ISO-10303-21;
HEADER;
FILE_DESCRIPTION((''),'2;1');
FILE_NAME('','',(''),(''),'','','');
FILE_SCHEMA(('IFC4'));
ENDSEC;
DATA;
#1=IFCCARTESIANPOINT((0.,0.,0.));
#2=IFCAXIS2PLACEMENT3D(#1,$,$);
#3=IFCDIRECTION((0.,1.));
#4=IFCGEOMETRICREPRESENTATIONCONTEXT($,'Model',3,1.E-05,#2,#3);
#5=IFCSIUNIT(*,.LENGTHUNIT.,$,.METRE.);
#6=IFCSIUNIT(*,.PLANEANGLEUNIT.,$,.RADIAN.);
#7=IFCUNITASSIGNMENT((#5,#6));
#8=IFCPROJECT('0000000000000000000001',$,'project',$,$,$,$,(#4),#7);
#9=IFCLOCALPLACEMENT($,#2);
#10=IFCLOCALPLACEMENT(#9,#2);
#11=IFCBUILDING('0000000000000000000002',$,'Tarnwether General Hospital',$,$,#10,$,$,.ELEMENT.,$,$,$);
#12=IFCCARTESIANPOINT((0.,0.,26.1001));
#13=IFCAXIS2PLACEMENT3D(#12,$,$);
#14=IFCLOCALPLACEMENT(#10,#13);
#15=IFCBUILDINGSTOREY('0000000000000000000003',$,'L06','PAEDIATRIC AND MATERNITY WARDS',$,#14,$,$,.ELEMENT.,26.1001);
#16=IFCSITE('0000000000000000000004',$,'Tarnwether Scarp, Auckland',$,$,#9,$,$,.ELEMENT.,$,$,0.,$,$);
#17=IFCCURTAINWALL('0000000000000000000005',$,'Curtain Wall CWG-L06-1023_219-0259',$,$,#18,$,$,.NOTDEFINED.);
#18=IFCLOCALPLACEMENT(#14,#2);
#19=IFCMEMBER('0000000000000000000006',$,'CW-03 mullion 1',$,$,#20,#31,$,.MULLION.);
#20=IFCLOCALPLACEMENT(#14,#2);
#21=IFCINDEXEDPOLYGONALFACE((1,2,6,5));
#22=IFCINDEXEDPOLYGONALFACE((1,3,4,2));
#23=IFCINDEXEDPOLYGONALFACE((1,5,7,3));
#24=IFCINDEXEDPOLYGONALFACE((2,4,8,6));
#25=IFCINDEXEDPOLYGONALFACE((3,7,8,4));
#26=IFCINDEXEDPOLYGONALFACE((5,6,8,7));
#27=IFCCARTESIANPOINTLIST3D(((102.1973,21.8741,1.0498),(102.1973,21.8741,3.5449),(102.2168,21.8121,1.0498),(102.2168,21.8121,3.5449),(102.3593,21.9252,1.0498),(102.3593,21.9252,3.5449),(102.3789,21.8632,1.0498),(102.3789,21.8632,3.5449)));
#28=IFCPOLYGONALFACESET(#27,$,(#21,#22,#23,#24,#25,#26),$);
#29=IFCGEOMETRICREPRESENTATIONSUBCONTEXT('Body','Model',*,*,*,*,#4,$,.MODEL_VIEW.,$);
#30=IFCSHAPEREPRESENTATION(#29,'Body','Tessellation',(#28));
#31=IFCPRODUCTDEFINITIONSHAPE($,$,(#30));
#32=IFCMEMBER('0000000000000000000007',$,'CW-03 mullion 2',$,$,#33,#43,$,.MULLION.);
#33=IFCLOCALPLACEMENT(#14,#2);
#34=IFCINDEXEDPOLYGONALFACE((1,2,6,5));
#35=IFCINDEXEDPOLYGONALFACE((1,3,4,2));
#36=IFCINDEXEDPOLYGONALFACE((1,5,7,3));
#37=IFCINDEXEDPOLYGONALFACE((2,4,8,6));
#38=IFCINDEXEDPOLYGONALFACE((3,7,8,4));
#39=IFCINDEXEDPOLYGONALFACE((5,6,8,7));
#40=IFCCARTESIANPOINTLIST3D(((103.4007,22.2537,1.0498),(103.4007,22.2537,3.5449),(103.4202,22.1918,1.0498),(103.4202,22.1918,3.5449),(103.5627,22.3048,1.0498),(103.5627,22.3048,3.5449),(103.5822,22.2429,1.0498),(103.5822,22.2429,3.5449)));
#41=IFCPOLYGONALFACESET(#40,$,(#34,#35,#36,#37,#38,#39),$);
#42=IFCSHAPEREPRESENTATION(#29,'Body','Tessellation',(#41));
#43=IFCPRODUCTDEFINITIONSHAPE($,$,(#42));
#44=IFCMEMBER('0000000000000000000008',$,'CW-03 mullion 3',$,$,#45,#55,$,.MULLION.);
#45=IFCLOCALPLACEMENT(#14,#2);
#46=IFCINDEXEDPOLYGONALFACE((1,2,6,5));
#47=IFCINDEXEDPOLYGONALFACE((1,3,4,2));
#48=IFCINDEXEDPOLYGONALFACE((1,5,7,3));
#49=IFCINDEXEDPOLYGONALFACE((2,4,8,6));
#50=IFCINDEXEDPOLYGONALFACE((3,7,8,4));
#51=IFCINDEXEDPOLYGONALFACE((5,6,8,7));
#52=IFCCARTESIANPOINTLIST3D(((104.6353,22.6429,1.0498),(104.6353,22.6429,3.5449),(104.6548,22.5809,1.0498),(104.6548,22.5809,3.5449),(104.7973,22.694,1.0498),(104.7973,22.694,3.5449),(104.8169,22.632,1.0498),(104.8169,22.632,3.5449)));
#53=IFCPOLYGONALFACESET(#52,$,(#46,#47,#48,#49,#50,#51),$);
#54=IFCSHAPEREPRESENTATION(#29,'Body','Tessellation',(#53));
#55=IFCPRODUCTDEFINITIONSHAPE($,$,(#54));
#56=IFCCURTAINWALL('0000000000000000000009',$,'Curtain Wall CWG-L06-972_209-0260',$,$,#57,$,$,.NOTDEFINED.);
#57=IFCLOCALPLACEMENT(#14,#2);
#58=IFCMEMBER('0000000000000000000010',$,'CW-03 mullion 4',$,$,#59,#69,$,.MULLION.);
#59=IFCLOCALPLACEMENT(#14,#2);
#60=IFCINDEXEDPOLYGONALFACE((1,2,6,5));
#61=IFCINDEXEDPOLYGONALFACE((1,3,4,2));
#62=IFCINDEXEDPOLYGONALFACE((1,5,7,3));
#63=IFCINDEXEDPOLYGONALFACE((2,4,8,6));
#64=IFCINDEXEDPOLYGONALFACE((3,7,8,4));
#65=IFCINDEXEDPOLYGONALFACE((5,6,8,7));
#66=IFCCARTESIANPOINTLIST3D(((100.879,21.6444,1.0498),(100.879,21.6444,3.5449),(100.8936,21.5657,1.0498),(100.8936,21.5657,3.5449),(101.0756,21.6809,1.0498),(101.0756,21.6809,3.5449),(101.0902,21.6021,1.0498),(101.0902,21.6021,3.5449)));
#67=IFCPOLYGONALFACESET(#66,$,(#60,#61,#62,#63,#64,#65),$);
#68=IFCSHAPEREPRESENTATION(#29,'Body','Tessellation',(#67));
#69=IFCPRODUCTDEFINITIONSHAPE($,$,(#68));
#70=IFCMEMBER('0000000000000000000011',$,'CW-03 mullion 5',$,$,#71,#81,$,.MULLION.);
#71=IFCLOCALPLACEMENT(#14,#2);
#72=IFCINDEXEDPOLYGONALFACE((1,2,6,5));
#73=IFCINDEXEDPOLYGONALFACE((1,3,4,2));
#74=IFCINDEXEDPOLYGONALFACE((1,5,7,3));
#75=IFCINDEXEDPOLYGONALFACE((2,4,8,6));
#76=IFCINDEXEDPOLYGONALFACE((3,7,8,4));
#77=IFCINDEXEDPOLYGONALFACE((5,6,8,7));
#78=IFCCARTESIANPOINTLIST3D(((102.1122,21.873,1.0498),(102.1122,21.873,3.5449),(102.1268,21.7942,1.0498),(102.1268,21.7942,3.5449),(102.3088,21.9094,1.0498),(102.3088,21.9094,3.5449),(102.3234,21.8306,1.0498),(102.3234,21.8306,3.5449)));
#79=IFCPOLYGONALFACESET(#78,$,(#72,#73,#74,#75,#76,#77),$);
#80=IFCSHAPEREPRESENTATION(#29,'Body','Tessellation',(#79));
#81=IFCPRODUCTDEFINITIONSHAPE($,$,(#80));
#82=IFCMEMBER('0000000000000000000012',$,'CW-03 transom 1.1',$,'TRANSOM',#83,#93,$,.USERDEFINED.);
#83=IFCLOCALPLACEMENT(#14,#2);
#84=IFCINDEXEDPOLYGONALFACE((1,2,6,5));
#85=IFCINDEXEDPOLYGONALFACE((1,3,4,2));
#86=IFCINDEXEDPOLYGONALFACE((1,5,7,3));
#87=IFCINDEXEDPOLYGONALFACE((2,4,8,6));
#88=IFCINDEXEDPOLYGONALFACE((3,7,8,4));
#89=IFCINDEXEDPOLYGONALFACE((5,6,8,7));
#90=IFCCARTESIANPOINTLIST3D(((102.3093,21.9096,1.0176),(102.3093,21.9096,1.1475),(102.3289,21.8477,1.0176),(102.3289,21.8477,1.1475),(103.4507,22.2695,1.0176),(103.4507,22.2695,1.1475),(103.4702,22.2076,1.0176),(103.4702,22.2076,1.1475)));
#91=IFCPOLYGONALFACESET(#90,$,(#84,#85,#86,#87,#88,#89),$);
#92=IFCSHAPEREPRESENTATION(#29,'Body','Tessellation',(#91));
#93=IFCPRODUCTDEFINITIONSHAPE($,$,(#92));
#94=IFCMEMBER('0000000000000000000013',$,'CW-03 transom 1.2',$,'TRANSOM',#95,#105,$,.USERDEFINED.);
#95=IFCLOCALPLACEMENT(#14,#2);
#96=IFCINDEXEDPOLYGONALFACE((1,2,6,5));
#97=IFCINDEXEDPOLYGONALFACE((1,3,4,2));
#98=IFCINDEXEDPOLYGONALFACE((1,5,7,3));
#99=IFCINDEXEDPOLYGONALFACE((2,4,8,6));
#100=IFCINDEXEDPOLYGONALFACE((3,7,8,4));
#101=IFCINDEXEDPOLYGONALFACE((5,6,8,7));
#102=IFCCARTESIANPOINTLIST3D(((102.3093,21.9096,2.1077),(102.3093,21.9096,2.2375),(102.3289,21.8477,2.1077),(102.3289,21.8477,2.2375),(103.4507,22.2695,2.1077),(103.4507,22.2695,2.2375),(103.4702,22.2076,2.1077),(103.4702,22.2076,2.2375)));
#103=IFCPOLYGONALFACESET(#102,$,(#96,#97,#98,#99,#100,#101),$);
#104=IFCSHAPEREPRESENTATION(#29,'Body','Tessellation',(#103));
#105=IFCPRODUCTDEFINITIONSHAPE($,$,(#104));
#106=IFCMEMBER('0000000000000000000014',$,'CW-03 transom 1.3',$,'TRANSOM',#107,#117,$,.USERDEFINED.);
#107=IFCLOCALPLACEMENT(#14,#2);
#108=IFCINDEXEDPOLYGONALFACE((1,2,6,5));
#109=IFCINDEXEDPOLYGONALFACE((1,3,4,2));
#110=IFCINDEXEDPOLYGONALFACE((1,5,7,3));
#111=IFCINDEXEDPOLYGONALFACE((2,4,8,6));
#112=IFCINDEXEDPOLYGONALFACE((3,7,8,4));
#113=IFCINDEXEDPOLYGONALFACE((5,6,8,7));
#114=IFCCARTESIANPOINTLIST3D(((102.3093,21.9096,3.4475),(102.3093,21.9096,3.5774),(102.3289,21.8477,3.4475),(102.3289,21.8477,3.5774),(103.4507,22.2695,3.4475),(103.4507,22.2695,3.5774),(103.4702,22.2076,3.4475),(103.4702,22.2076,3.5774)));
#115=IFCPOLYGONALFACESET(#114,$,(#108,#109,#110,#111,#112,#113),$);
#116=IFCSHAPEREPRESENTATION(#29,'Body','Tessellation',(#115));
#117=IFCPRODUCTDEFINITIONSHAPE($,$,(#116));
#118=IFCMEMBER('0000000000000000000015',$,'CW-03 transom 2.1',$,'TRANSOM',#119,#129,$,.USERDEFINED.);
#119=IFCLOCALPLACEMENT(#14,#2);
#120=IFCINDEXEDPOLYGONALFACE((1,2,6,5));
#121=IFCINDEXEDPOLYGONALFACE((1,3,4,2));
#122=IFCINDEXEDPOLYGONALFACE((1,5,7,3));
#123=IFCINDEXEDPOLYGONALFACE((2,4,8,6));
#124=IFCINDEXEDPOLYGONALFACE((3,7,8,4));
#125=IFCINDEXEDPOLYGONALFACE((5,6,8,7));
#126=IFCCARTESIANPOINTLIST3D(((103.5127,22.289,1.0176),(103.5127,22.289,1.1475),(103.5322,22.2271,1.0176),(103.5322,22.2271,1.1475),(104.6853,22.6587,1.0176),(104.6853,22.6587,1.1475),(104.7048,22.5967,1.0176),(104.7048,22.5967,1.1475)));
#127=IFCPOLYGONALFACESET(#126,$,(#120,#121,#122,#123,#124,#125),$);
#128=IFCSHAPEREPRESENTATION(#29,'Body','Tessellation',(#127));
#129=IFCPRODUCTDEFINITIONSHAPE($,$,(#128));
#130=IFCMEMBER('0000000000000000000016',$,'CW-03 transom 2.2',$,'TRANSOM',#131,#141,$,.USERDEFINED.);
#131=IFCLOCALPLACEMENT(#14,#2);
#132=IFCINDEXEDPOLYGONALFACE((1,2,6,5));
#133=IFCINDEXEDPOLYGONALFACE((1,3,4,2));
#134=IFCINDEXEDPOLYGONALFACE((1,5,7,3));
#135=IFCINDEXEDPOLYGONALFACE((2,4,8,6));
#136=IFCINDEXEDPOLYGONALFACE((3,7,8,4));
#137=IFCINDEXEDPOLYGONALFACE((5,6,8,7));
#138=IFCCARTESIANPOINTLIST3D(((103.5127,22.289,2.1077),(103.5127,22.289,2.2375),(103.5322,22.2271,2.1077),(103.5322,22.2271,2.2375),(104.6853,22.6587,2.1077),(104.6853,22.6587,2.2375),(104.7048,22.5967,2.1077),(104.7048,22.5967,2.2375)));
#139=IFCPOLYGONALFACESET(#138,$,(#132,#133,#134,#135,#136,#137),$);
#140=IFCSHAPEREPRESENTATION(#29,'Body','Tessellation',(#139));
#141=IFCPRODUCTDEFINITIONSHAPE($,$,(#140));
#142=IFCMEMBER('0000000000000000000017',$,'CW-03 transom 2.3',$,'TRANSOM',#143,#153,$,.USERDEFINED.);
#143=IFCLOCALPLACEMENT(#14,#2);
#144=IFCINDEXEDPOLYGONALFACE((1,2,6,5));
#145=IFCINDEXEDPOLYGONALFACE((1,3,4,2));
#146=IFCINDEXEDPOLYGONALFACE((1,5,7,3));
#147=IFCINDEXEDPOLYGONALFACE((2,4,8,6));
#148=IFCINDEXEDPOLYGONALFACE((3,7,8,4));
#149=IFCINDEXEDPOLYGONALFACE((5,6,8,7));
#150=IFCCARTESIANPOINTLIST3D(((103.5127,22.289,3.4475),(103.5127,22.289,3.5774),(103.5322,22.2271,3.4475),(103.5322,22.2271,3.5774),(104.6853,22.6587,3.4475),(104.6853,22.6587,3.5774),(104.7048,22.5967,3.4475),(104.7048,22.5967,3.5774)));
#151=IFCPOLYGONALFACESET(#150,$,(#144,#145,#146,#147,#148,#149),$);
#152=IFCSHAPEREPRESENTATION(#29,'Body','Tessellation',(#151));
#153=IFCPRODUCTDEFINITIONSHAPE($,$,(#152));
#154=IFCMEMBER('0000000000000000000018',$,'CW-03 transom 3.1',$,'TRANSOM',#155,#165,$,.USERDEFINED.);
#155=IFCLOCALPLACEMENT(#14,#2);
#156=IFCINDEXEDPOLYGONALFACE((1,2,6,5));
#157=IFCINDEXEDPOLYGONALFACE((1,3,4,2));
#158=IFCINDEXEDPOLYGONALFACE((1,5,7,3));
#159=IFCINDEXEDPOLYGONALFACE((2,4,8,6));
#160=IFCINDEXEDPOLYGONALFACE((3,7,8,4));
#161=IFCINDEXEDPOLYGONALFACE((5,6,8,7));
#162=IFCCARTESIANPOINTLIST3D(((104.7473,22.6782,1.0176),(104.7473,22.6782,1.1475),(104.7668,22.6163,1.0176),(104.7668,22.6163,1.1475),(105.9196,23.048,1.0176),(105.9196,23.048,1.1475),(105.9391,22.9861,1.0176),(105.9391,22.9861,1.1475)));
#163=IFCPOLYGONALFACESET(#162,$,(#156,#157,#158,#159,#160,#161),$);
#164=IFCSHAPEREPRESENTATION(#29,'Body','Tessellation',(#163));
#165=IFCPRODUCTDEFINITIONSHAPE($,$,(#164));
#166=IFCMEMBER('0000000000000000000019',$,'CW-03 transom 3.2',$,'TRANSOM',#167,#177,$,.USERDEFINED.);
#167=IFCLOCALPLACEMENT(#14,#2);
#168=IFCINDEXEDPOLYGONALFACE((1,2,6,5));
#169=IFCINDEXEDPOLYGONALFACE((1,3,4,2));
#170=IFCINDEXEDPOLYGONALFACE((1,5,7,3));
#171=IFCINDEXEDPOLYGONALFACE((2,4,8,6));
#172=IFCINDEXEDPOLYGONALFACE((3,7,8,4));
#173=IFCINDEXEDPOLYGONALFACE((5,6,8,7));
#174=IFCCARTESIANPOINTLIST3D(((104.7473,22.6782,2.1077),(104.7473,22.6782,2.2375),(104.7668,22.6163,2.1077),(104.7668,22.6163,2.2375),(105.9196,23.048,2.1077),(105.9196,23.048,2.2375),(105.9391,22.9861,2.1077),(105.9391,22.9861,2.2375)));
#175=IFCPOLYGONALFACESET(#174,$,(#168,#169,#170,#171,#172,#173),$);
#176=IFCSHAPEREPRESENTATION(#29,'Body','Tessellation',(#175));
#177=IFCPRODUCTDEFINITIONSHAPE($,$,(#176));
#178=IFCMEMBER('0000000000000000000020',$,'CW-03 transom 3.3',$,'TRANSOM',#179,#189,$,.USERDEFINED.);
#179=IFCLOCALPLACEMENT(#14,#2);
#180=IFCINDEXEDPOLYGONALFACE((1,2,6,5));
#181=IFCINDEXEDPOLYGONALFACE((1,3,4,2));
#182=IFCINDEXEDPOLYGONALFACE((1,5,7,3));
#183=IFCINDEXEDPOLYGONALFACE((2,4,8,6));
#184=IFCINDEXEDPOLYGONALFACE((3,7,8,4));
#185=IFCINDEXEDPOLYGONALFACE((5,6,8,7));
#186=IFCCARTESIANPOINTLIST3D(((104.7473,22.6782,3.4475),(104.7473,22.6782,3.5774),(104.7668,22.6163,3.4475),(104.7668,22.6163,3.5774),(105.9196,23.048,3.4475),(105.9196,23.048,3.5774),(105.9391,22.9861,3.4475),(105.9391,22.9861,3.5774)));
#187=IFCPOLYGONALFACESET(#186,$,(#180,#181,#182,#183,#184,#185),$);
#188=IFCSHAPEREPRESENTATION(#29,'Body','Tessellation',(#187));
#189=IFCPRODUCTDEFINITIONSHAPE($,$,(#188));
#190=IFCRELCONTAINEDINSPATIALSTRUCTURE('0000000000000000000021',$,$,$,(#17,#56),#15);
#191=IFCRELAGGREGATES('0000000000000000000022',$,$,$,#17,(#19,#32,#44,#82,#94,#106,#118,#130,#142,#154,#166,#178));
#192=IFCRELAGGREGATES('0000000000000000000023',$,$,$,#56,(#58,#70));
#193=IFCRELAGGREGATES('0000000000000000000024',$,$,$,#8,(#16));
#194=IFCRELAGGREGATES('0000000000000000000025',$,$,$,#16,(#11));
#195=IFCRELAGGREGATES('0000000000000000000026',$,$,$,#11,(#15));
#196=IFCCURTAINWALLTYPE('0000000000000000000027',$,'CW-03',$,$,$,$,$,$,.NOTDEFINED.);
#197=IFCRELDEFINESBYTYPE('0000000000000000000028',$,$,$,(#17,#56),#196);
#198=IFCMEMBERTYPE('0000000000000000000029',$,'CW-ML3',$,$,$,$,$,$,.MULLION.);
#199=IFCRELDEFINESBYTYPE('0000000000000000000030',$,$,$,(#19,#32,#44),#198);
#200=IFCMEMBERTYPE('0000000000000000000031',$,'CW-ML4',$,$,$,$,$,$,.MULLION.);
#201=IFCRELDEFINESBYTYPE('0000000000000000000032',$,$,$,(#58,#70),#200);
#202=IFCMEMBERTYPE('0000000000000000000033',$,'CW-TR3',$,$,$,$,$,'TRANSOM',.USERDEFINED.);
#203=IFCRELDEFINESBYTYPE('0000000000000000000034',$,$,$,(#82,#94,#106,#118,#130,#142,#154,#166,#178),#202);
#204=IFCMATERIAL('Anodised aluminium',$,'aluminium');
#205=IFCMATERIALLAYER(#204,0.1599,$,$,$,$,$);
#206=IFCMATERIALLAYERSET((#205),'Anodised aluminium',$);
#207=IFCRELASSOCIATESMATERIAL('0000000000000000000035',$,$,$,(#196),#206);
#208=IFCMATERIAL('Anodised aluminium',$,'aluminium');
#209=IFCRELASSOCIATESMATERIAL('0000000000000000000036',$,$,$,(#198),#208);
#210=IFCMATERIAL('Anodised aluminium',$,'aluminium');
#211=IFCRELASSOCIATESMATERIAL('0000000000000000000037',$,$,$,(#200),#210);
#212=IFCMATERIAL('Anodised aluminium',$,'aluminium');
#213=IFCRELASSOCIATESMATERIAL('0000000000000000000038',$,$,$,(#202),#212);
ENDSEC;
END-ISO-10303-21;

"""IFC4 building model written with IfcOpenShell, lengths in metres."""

from ifc_helpers import new_model, si_unit, direction, frame, origin, origin_2d, place, context, subcontext, project, spatial, rectangle, extrude, material, layer, layer_set, material_profile, profile_set, type_object, element, aggregate, save


model = new_model("IFC4")

# Units and contexts
model_context = context("Model", 3, precision=1e-05, world=origin(), true_north=direction((0.0, 1.0)))
body_context = subcontext(model_context, "Body", "Model", "MODEL_VIEW")
ifc_project = project(units=[si_unit("LENGTHUNIT", "METRE"), si_unit("PLANEANGLEUNIT", "RADIAN")], contexts=[model_context])

# Site, building, storey
site_placement = place(None, origin())
site = spatial("IfcSite", under=ifc_project, at=site_placement, Name="Tarnwether Scarp, Auckland", CompositionType="ELEMENT", RefElevation=0.0)
building_placement = place(site_placement, origin())
building = spatial("IfcBuilding", under=site, at=building_placement, Name="Tarnwether General Hospital", CompositionType="ELEMENT")
storey_placement = place(building_placement, frame((0.0, 0.0, 26.1001)))
storey = spatial("IfcBuildingStorey", under=building, at=storey_placement, Name="L06", Description="PAEDIATRIC AND MATERNITY WARDS", CompositionType="ELEMENT", Elevation=26.1001)

# Curtain walls, members
ifc_material_1 = material(Name="Anodised aluminium", Category="aluminium")
ifc_layer_1 = layer(ifc_material_1, 0.1599)
ifc_layer_set_1 = layer_set([ifc_layer_1], Name="Anodised aluminium")
curtain_wall_type = type_object("IfcCurtainWallType", Name="CW-03", PredefinedType="NOTDEFINED", material=ifc_layer_set_1)
curtain_wall_1_placement = place(storey_placement, origin())
curtain_wall_1 = element("IfcCurtainWall", 1, at=curtain_wall_1_placement, inside=storey, type_object=curtain_wall_type, Name="Curtain Wall CWG-L06-1023_219-0259", PredefinedType="NOTDEFINED")
ifc_material_2 = material(Name="Anodised aluminium", Category="aluminium")
ifc_material_profile_1 = material_profile(ifc_material_2, rectangle(XDim=0.0649, YDim=0.1699, at=origin_2d()), Name="ALU-MUL-65x170")
ifc_profile_set_1 = profile_set([ifc_material_profile_1], Name="Anodised aluminium")
member_type_1 = type_object("IfcMemberType", Name="CW-ML3", PredefinedType="MULLION", material=ifc_profile_set_1)
member_1_placement = place(storey_placement, frame((102.2881, 21.8687, 1.0498), z_axis=(0.0, 0.0, 1.0), x_axis=(-0.300715, 0.953714, 0.0)))
member_1 = element("IfcMember", 2, at=member_1_placement, type_object=member_type_1, Name="CW-03 mullion 1", PredefinedType="MULLION", context=body_context, shape_type="SweptSolid", body=[
    extrude(rectangle(XDim=0.0649, YDim=0.1699, at=origin_2d()), origin(), (0.0, 0.0, 1.0), 2.4951),
])
member_2_placement = place(storey_placement, frame((103.4915, 22.2483, 1.0498), z_axis=(0.0, 0.0, 1.0), x_axis=(-0.300715, 0.953714, 0.0)))
member_2 = element("IfcMember", 3, at=member_2_placement, type_object=member_type_1, Name="CW-03 mullion 2", PredefinedType="MULLION", context=body_context, shape_type="SweptSolid", body=[
    extrude(rectangle(XDim=0.0649, YDim=0.1699, at=origin_2d()), origin(), (0.0, 0.0, 1.0), 2.4951),
])
member_3_placement = place(storey_placement, frame((104.7261, 22.6375, 1.0498), z_axis=(0.0, 0.0, 1.0), x_axis=(-0.300715, 0.953714, 0.0)))
member_3 = element("IfcMember", 4, at=member_3_placement, type_object=member_type_1, Name="CW-03 mullion 3", PredefinedType="MULLION", context=body_context, shape_type="SweptSolid", body=[
    extrude(rectangle(XDim=0.0649, YDim=0.1699, at=origin_2d()), origin(), (0.0, 0.0, 1.0), 2.4951),
])
curtain_wall_2_placement = place(storey_placement, origin())
curtain_wall_2 = element("IfcCurtainWall", 5, at=curtain_wall_2_placement, inside=storey, type_object=curtain_wall_type, Name="Curtain Wall CWG-L06-972_209-0260", PredefinedType="NOTDEFINED")
ifc_material_3 = material(Name="Anodised aluminium", Category="aluminium")
ifc_material_profile_2 = material_profile(ifc_material_3, rectangle(XDim=0.0801, YDim=0.2, at=origin_2d()), Name="ALU-MUL-80x200")
ifc_profile_set_2 = profile_set([ifc_material_profile_2], Name="Anodised aluminium")
member_type_2 = type_object("IfcMemberType", Name="CW-ML4", PredefinedType="MULLION", material=ifc_profile_set_2)
member_4_placement = place(storey_placement, frame((100.9846, 21.6233, 1.0498), z_axis=(0.0, 0.0, 1.0), x_axis=(-0.182165, 0.983268, 0.0)))
member_4 = element("IfcMember", 6, at=member_4_placement, type_object=member_type_2, Name="CW-03 mullion 4", PredefinedType="MULLION", context=body_context, shape_type="SweptSolid", body=[
    extrude(rectangle(XDim=0.0801, YDim=0.2, at=origin_2d()), origin(), (0.0, 0.0, 1.0), 2.4951),
])
member_5_placement = place(storey_placement, frame((102.2178, 21.8518, 1.0498), z_axis=(0.0, 0.0, 1.0), x_axis=(-0.182165, 0.983268, 0.0)))
member_5 = element("IfcMember", 7, at=member_5_placement, type_object=member_type_2, Name="CW-03 mullion 5", PredefinedType="MULLION", context=body_context, shape_type="SweptSolid", body=[
    extrude(rectangle(XDim=0.0801, YDim=0.2, at=origin_2d()), origin(), (0.0, 0.0, 1.0), 2.4951),
])

# Members
ifc_material_4 = material(Name="Anodised aluminium", Category="aluminium")
ifc_material_profile_3 = material_profile(ifc_material_4, rectangle(XDim=0.0649, YDim=0.1299, at=origin_2d()), Name="ALU-TRN-65x130")
ifc_profile_set_3 = profile_set([ifc_material_profile_3], Name="Anodised aluminium")
member_type_3 = type_object("IfcMemberType", Name="CW-TR3", ElementType="TRANSOM", PredefinedType="USERDEFINED", material=ifc_profile_set_3)
member_6_placement = place(storey_placement, frame((102.3191, 21.8787, 1.0825), z_axis=(0.953718, 0.300702, 0.0), x_axis=(-0.300702, 0.953718, 0.0)))
member_6 = element("IfcMember", 8, at=member_6_placement, type_object=member_type_3, Name="CW-03 transom 1.1", ObjectType="TRANSOM", PredefinedType="USERDEFINED", context=body_context, shape_type="SweptSolid", body=[
    extrude(rectangle(XDim=0.0649, YDim=0.1299, at=origin_2d()), origin(), (0.0, 0.0, 1.0), 1.1968),
])
member_7_placement = place(storey_placement, frame((102.3191, 21.8787, 2.1726), z_axis=(0.953718, 0.300702, 0.0), x_axis=(-0.300702, 0.953718, 0.0)))
member_7 = element("IfcMember", 9, at=member_7_placement, type_object=member_type_3, Name="CW-03 transom 1.2", ObjectType="TRANSOM", PredefinedType="USERDEFINED", context=body_context, shape_type="SweptSolid", body=[
    extrude(rectangle(XDim=0.0649, YDim=0.1299, at=origin_2d()), origin(), (0.0, 0.0, 1.0), 1.1968),
])
member_8_placement = place(storey_placement, frame((102.3191, 21.8787, 3.5125), z_axis=(0.953718, 0.300702, 0.0), x_axis=(-0.300702, 0.953718, 0.0)))
member_8 = element("IfcMember", 10, at=member_8_placement, type_object=member_type_3, Name="CW-03 transom 1.3", ObjectType="TRANSOM", PredefinedType="USERDEFINED", context=body_context, shape_type="SweptSolid", body=[
    extrude(rectangle(XDim=0.0649, YDim=0.1299, at=origin_2d()), origin(), (0.0, 0.0, 1.0), 1.1968),
])
member_9_placement = place(storey_placement, frame((103.5225, 22.2581, 1.0825), z_axis=(0.953739, 0.300637, 0.0), x_axis=(-0.300637, 0.953739, 0.0)))
member_9 = element("IfcMember", 11, at=member_9_placement, type_object=member_type_3, Name="CW-03 transom 2.1", ObjectType="TRANSOM", PredefinedType="USERDEFINED", context=body_context, shape_type="SweptSolid", body=[
    extrude(rectangle(XDim=0.0649, YDim=0.1299, at=origin_2d()), origin(), (0.0, 0.0, 1.0), 1.2295),
])
member_10_placement = place(storey_placement, frame((103.5225, 22.2581, 2.1726), z_axis=(0.953739, 0.300637, 0.0), x_axis=(-0.300637, 0.953739, 0.0)))
member_10 = element("IfcMember", 12, at=member_10_placement, type_object=member_type_3, Name="CW-03 transom 2.2", ObjectType="TRANSOM", PredefinedType="USERDEFINED", context=body_context, shape_type="SweptSolid", body=[
    extrude(rectangle(XDim=0.0649, YDim=0.1299, at=origin_2d()), origin(), (0.0, 0.0, 1.0), 1.2295),
])
member_11_placement = place(storey_placement, frame((103.5225, 22.2581, 3.5125), z_axis=(0.953739, 0.300637, 0.0), x_axis=(-0.300637, 0.953739, 0.0)))
member_11 = element("IfcMember", 13, at=member_11_placement, type_object=member_type_3, Name="CW-03 transom 2.3", ObjectType="TRANSOM", PredefinedType="USERDEFINED", context=body_context, shape_type="SweptSolid", body=[
    extrude(rectangle(XDim=0.0649, YDim=0.1299, at=origin_2d()), origin(), (0.0, 0.0, 1.0), 1.2295),
])
member_12_placement = place(storey_placement, frame((104.7571, 22.6472, 1.0825), z_axis=(0.953664, 0.300875, 0.0), x_axis=(-0.300875, 0.953664, 0.0)))
member_12 = element("IfcMember", 14, at=member_12_placement, type_object=member_type_3, Name="CW-03 transom 3.1", ObjectType="TRANSOM", PredefinedType="USERDEFINED", context=body_context, shape_type="SweptSolid", body=[
    extrude(rectangle(XDim=0.0649, YDim=0.1299, at=origin_2d()), origin(), (0.0, 0.0, 1.0), 1.2292),
])
member_13_placement = place(storey_placement, frame((104.7571, 22.6472, 2.1726), z_axis=(0.953664, 0.300875, 0.0), x_axis=(-0.300875, 0.953664, 0.0)))
member_13 = element("IfcMember", 15, at=member_13_placement, type_object=member_type_3, Name="CW-03 transom 3.2", ObjectType="TRANSOM", PredefinedType="USERDEFINED", context=body_context, shape_type="SweptSolid", body=[
    extrude(rectangle(XDim=0.0649, YDim=0.1299, at=origin_2d()), origin(), (0.0, 0.0, 1.0), 1.2292),
])
member_14_placement = place(storey_placement, frame((104.7571, 22.6472, 3.5125), z_axis=(0.953664, 0.300875, 0.0), x_axis=(-0.300875, 0.953664, 0.0)))
member_14 = element("IfcMember", 16, at=member_14_placement, type_object=member_type_3, Name="CW-03 transom 3.3", ObjectType="TRANSOM", PredefinedType="USERDEFINED", context=body_context, shape_type="SweptSolid", body=[
    extrude(rectangle(XDim=0.0649, YDim=0.1299, at=origin_2d()), origin(), (0.0, 0.0, 1.0), 1.2292),
])

aggregate(curtain_wall_1, [member_1, member_2, member_3, member_6, member_7, member_8, member_9, member_10, member_11, member_12, member_13, member_14])
aggregate(curtain_wall_2, [member_4, member_5])

save(model, "model.ifc")
